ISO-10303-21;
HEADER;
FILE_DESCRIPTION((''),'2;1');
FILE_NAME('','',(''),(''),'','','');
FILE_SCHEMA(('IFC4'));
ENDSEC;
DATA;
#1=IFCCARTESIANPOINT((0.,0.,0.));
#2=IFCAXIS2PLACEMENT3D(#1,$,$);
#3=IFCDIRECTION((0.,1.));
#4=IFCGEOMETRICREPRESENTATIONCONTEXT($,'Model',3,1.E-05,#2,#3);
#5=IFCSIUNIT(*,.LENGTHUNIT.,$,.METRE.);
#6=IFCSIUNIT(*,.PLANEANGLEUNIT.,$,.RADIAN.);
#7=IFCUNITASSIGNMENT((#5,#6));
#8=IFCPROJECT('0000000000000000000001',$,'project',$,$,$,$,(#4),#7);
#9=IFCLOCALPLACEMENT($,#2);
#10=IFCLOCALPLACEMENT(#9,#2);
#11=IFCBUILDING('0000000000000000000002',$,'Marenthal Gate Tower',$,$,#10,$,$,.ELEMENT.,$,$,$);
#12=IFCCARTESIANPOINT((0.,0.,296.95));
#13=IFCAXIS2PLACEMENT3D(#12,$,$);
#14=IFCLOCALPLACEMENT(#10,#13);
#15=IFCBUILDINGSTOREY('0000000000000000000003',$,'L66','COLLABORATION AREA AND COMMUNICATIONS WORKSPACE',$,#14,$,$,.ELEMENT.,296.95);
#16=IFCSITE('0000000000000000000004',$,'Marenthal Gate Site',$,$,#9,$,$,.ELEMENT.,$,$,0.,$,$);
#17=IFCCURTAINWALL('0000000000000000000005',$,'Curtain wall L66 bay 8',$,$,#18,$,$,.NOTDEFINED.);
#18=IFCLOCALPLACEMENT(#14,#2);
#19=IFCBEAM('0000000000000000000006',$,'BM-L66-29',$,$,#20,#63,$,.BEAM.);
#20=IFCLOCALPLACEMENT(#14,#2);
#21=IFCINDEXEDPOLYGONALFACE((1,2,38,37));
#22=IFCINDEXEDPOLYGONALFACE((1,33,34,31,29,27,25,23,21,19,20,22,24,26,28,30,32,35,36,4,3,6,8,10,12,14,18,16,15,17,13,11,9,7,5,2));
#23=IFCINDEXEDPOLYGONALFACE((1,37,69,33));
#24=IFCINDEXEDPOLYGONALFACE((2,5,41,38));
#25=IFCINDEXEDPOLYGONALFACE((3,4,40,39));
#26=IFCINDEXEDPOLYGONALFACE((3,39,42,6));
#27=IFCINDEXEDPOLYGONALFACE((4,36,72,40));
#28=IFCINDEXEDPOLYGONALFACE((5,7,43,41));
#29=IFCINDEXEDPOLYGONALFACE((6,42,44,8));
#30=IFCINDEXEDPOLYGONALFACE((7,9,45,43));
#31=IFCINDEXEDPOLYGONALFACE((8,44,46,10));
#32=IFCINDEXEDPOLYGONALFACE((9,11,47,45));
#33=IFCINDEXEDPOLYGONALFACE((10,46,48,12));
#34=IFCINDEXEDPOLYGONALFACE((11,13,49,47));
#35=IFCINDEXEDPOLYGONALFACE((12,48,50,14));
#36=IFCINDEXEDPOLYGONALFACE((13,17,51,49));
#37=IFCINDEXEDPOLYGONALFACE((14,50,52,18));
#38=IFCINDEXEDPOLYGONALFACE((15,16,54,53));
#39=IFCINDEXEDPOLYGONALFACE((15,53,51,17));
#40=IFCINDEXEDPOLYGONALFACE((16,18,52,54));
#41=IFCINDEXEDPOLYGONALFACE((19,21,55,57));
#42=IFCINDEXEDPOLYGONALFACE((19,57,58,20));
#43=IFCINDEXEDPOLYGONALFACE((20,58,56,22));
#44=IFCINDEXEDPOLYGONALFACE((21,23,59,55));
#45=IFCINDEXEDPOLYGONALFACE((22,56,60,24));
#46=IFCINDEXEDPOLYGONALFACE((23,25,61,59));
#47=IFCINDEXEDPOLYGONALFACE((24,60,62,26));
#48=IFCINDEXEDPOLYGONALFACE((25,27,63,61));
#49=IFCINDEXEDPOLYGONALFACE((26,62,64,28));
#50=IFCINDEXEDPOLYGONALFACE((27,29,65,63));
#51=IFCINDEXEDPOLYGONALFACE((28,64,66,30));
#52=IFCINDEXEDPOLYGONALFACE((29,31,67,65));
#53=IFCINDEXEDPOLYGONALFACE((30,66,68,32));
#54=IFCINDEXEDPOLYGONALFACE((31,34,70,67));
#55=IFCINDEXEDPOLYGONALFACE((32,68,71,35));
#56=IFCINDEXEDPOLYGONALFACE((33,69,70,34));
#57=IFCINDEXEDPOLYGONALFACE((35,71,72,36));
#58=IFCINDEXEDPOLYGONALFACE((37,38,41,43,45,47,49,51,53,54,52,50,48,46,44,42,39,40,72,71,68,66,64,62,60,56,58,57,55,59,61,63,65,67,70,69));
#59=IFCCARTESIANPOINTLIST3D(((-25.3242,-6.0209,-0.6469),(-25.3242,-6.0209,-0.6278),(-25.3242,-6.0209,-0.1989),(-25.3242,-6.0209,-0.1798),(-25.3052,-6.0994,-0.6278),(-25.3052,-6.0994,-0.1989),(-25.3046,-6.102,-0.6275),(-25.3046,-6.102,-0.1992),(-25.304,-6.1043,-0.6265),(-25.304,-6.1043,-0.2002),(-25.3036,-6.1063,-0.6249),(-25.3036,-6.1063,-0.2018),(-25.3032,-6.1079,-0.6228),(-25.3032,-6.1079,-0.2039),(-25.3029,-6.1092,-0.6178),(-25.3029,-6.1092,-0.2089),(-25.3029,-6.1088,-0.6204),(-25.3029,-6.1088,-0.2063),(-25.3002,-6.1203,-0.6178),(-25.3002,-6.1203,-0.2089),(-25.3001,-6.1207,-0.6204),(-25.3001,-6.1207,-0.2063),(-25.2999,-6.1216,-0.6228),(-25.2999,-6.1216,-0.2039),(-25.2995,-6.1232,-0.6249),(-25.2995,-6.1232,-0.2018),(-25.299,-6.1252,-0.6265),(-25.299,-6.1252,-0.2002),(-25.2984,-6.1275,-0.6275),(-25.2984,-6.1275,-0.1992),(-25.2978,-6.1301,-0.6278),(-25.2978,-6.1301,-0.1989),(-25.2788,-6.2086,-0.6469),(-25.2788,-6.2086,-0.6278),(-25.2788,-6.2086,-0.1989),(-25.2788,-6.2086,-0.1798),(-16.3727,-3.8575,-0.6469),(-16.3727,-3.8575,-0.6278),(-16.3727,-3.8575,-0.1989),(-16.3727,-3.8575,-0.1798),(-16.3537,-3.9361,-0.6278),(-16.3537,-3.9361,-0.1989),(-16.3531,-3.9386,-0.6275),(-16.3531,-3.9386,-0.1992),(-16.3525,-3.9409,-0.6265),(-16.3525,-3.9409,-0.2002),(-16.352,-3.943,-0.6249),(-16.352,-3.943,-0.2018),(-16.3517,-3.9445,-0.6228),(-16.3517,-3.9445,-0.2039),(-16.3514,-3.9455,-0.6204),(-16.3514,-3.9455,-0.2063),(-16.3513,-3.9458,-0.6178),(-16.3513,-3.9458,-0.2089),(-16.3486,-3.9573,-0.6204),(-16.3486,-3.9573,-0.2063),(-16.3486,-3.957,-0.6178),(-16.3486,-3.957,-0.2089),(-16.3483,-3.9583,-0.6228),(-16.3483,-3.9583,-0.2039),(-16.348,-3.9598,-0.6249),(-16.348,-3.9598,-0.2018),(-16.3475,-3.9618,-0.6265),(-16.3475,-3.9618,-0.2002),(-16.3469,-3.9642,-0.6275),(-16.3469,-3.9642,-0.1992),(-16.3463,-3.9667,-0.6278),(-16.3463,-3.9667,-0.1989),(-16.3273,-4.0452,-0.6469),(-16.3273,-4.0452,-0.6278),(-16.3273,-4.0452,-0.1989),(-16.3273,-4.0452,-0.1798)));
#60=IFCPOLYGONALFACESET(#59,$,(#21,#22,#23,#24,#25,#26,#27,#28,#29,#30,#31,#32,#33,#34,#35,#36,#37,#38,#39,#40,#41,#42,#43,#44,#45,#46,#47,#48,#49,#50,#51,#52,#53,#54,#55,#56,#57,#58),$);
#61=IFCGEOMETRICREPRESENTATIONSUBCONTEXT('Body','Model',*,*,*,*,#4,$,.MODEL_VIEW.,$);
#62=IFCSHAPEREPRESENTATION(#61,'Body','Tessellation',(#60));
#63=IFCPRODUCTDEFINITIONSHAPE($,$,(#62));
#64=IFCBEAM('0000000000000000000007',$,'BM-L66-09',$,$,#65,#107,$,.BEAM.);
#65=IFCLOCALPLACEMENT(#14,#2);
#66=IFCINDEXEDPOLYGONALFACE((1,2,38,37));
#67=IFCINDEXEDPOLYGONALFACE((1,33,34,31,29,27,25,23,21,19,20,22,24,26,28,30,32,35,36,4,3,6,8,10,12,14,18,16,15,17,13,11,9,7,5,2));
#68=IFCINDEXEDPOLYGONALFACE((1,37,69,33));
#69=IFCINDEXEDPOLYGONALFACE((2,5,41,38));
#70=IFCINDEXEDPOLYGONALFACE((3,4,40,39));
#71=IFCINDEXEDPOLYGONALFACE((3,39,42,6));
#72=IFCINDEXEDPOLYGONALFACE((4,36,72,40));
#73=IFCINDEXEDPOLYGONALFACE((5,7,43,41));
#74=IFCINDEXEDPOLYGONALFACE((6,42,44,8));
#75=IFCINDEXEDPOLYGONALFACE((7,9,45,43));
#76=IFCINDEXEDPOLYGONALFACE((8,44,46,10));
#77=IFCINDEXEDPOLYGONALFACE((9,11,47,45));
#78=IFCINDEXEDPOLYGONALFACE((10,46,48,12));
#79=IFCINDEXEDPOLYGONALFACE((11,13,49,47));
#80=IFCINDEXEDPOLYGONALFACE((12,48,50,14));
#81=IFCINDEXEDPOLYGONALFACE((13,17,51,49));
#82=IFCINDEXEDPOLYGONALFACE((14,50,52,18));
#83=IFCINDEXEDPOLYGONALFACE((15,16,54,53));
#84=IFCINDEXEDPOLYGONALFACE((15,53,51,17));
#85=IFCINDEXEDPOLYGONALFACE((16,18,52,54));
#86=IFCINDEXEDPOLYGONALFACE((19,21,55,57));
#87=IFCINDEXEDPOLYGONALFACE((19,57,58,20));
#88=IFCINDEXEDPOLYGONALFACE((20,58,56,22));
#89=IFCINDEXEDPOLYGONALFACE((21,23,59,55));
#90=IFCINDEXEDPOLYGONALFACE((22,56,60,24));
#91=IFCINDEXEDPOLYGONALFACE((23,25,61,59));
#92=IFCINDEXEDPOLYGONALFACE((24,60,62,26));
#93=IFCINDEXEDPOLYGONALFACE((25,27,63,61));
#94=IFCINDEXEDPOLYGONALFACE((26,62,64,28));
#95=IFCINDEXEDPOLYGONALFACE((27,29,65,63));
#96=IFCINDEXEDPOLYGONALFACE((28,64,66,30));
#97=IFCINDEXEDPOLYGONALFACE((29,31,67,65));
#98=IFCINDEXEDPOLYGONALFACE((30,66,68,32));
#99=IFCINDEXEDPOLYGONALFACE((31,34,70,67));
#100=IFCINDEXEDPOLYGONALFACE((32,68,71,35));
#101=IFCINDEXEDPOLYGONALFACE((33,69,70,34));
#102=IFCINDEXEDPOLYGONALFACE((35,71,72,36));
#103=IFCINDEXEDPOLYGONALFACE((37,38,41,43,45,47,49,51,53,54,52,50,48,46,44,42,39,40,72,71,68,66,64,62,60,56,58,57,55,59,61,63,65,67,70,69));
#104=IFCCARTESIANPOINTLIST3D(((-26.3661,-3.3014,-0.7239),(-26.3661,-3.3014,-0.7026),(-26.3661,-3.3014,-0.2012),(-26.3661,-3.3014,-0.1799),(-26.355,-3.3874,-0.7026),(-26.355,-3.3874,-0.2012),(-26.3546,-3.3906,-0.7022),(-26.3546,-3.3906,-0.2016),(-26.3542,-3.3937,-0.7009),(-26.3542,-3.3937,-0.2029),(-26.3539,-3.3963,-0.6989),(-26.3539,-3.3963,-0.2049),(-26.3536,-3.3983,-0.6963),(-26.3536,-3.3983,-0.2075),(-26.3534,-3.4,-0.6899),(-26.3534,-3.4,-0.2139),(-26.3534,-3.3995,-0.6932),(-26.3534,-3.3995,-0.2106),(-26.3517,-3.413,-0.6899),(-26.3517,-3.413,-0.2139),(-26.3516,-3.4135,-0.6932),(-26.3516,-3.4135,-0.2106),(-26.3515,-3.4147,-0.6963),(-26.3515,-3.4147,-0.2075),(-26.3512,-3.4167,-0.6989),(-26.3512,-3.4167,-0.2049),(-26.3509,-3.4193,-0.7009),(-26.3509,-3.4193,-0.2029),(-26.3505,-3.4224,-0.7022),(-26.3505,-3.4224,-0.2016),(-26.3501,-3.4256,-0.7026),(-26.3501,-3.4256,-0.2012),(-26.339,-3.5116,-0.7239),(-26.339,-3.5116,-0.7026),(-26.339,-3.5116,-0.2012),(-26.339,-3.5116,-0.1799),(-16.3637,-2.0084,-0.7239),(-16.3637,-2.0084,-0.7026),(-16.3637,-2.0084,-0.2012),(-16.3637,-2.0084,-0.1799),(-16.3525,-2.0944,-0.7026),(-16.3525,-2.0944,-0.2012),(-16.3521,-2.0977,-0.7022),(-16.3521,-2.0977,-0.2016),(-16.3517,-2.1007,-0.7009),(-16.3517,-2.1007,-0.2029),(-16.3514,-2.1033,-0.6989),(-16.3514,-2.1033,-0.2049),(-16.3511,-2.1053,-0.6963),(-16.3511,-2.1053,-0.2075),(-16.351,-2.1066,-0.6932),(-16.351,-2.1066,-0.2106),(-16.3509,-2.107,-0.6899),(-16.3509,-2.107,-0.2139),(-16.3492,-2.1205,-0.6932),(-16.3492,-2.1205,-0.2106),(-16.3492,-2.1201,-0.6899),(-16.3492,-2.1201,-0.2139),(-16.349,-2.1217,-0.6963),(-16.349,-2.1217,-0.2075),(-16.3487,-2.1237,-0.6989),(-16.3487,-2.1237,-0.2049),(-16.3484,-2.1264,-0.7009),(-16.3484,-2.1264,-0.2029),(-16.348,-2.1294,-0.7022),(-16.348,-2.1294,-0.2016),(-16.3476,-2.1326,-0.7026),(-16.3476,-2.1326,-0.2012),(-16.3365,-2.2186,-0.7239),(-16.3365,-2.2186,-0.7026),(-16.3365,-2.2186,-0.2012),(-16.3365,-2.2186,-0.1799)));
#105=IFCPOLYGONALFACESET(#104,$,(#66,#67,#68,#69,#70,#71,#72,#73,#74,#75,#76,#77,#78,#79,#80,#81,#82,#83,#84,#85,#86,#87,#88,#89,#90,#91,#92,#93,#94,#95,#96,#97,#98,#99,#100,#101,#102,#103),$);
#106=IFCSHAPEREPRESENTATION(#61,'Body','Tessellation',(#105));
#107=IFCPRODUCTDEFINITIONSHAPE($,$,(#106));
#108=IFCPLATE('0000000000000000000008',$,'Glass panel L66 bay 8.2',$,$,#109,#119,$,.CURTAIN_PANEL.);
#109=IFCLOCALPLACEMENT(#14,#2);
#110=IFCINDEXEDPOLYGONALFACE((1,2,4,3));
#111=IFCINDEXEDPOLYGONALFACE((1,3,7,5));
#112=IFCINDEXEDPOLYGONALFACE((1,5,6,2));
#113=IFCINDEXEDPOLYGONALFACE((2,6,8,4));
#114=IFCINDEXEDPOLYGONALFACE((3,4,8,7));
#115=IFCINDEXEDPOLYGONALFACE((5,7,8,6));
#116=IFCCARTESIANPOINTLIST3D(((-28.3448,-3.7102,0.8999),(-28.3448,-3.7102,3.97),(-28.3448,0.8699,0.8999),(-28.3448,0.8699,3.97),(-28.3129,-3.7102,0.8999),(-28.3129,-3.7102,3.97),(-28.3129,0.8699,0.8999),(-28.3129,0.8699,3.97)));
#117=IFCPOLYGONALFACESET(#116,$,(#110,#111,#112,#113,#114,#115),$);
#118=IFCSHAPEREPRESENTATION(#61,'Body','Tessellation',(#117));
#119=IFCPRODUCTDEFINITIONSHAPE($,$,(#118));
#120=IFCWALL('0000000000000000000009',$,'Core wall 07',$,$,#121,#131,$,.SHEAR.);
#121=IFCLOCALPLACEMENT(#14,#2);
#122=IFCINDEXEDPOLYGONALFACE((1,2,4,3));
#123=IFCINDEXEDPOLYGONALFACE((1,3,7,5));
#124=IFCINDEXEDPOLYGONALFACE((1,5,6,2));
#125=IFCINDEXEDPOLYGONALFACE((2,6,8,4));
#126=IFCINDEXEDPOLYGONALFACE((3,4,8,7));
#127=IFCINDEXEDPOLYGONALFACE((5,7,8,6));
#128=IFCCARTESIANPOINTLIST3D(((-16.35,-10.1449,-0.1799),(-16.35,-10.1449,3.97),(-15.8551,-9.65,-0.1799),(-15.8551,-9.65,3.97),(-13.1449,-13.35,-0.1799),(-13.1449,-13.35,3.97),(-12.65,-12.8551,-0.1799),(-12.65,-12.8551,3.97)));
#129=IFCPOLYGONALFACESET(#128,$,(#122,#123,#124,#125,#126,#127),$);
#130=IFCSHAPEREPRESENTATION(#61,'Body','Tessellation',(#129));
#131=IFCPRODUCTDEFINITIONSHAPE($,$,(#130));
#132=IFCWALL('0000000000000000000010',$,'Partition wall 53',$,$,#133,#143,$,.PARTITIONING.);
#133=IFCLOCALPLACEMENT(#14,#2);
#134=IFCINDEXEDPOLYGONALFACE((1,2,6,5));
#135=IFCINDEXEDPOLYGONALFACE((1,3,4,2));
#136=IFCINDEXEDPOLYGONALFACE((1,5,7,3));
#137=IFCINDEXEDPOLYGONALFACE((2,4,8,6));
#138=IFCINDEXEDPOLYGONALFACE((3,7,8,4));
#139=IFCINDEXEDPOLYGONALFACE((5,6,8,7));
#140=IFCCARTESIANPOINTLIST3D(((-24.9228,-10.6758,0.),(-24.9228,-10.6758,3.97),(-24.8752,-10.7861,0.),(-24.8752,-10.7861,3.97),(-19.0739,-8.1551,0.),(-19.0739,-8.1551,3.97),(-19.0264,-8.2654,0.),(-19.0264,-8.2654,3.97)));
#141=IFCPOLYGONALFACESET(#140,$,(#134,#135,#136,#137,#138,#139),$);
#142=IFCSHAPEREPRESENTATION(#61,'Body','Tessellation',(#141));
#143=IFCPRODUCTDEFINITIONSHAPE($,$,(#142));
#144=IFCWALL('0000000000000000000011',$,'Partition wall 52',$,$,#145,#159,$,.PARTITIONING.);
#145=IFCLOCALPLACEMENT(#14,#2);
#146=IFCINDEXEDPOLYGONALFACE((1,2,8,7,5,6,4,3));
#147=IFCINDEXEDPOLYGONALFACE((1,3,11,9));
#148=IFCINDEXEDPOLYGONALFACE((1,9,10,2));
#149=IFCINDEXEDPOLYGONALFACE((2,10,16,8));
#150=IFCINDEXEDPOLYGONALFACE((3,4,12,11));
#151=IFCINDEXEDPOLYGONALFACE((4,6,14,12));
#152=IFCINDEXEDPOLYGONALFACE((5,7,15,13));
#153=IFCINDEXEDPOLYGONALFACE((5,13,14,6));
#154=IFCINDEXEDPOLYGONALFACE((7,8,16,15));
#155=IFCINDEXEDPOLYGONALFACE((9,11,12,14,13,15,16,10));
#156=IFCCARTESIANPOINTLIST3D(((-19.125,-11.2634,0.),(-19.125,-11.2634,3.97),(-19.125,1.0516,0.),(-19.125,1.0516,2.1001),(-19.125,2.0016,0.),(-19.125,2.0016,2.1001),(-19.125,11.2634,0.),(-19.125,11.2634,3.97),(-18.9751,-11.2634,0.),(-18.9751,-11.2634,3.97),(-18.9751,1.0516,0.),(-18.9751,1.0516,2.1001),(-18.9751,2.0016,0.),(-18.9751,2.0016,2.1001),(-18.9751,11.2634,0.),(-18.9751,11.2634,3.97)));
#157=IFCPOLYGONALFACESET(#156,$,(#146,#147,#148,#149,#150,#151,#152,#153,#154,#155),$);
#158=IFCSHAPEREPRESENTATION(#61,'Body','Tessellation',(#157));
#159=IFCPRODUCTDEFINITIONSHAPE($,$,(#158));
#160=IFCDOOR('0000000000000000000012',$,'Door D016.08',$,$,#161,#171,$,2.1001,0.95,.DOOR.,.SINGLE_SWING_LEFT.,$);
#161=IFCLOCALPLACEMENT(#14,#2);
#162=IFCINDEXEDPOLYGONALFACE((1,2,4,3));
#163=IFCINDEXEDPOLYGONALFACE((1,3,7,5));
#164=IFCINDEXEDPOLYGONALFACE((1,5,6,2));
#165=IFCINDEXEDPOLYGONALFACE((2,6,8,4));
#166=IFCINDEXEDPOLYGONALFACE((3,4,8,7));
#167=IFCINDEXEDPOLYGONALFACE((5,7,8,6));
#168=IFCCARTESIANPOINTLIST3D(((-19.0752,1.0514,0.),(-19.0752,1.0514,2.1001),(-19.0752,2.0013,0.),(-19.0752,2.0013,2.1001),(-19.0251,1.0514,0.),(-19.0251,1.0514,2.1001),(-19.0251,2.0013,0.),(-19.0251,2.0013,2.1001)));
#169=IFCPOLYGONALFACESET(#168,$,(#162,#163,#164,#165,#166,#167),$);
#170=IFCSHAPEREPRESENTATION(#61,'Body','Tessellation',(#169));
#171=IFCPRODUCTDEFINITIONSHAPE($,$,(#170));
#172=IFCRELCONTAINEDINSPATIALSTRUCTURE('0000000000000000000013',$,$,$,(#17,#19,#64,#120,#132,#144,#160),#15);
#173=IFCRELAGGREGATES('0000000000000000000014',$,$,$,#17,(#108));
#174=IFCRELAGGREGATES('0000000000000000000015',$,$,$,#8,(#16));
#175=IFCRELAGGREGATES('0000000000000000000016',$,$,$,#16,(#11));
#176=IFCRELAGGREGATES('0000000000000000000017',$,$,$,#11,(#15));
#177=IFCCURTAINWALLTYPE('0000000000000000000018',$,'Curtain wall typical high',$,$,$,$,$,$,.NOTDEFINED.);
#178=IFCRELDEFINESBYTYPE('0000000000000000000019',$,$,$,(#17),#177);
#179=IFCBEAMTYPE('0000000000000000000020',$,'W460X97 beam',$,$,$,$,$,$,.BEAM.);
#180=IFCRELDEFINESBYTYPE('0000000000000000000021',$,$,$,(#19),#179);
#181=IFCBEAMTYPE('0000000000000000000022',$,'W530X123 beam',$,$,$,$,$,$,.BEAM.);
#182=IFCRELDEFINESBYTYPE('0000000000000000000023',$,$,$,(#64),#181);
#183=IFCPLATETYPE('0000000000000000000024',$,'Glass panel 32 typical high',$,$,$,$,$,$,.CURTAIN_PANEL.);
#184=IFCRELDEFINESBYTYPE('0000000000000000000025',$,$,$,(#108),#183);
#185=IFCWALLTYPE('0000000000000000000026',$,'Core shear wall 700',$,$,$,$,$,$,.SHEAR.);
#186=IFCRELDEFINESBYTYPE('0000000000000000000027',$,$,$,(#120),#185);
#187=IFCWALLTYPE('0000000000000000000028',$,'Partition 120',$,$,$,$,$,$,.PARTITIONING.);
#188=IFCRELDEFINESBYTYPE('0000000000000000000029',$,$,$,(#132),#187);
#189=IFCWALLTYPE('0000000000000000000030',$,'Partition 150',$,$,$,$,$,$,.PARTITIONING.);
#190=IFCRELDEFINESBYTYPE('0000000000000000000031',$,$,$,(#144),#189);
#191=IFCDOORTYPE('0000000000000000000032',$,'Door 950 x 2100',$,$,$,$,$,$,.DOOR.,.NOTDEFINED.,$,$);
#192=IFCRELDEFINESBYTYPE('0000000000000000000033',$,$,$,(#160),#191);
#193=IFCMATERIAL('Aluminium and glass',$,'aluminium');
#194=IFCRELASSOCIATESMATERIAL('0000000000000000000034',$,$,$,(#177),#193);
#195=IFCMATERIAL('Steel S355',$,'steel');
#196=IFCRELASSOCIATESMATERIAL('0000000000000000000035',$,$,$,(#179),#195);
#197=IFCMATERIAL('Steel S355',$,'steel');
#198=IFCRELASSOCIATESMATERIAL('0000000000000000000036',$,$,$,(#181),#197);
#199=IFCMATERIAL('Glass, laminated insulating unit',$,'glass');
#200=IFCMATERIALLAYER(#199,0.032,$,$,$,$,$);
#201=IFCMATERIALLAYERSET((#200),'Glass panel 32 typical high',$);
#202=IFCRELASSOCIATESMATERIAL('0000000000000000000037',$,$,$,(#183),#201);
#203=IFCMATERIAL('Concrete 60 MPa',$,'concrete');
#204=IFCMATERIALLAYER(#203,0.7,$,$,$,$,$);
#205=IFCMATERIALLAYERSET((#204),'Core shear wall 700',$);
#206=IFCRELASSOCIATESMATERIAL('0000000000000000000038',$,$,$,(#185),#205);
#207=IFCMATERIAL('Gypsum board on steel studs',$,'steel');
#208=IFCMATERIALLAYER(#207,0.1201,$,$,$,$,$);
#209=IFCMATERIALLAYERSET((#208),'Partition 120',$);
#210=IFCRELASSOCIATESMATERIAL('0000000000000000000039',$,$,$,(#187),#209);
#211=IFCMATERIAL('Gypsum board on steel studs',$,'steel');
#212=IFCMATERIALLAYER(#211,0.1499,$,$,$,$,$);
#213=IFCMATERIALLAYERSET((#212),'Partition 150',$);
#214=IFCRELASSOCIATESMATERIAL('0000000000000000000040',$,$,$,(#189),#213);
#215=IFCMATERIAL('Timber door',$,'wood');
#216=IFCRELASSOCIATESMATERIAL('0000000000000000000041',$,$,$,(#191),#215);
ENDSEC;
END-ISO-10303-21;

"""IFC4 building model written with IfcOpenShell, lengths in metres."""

from ifc_helpers import new_model, si_unit, direction, frame, frame_2d, origin, origin_2d, place, context, subcontext, project, spatial, rectangle, i_section, extrude, material, layer, layer_set, material_profile, profile_set, type_object, element, fill, aggregate, save


model = new_model("IFC4")

# Units and contexts
model_context = context("Model", 3, precision=1e-05, world=origin(), true_north=direction((0.0, 1.0)))
body_context = subcontext(model_context, "Body", "Model", "MODEL_VIEW")
ifc_project = project(units=[si_unit("LENGTHUNIT", "METRE"), si_unit("PLANEANGLEUNIT", "RADIAN")], contexts=[model_context])

# Site, building, storey
site_placement = place(None, origin())
site = spatial("IfcSite", under=ifc_project, at=site_placement, Name="Marenthal Gate Site", CompositionType="ELEMENT", RefElevation=0.0)
building_placement = place(site_placement, origin())
building = spatial("IfcBuilding", under=site, at=building_placement, Name="Marenthal Gate Tower", CompositionType="ELEMENT")
storey_placement = place(building_placement, frame((0.0, 0.0, 296.95)))
storey = spatial("IfcBuildingStorey", under=building, at=storey_placement, Name="L66", Description="COLLABORATION AREA AND COMMUNICATIONS WORKSPACE", CompositionType="ELEMENT", Elevation=296.95)

# Curtain wall
ifc_material_1 = material(Name="Aluminium and glass", Category="aluminium")
curtain_wall_type = type_object("IfcCurtainWallType", Name="Curtain wall typical high", PredefinedType="NOTDEFINED", material=ifc_material_1)
curtain_wall_placement = place(storey_placement, origin())
curtain_wall = element("IfcCurtainWall", 1, at=curtain_wall_placement, inside=storey, type_object=curtain_wall_type, Name="Curtain wall L66 bay 8", PredefinedType="NOTDEFINED")

# Beams
ifc_material_2 = material(Name="Steel S355", Category="steel")
ifc_material_profile_1 = material_profile(ifc_material_2, i_section(OverallWidth=0.1931, OverallDepth=0.467, WebThickness=0.0115, FlangeThickness=0.019, FilletRadius=0.01, at=origin_2d()), Name="W460X97")
ifc_profile_set_1 = profile_set([ifc_material_profile_1], Name="Steel S355")
beam_type_1 = type_object("IfcBeamType", Name="W460X97 beam", PredefinedType="BEAM", material=ifc_profile_set_1)
beam_1_placement = place(storey_placement, frame((-25.3015, -6.1147, -0.4133), z_axis=(0.972017, 0.234912, 0.0), x_axis=(-0.234912, 0.972017, 0.0)))
element("IfcBeam", 2, at=beam_1_placement, inside=storey, type_object=beam_type_1, Name="BM-L66-29", PredefinedType="BEAM", context=body_context, shape_type="SweptSolid", body=[
    extrude(i_section(OverallWidth=0.1931, OverallDepth=0.467, WebThickness=0.0115, FlangeThickness=0.019, FilletRadius=0.01, at=origin_2d()), origin(), (0.0, 0.0, 1.0), 9.2092),
])
ifc_material_3 = material(Name="Steel S355", Category="steel")
ifc_material_profile_2 = material_profile(ifc_material_3, i_section(OverallWidth=0.2119, OverallDepth=0.5439, WebThickness=0.0132, FlangeThickness=0.0212, FilletRadius=0.0127, at=origin_2d()), Name="W530X123")
ifc_profile_set_2 = profile_set([ifc_material_profile_2], Name="Steel S355")
beam_type_2 = type_object("IfcBeamType", Name="W530X123 beam", PredefinedType="BEAM", material=ifc_profile_set_2)
beam_2_placement = place(storey_placement, frame((-26.3525, -3.4065, -0.4519), z_axis=(0.991749, 0.128199, 0.0), x_axis=(-0.128199, 0.991749, 0.0)))
element("IfcBeam", 3, at=beam_2_placement, inside=storey, type_object=beam_type_2, Name="BM-L66-09", PredefinedType="BEAM", context=body_context, shape_type="SweptSolid", body=[
    extrude(i_section(OverallWidth=0.2119, OverallDepth=0.5439, WebThickness=0.0132, FlangeThickness=0.0212, FilletRadius=0.0127, at=origin_2d()), origin(), (0.0, 0.0, 1.0), 10.0857),
])

# Plate
ifc_material_4 = material(Name="Glass, laminated insulating unit", Category="glass")
ifc_layer_1 = layer(ifc_material_4, 0.032)
ifc_layer_set_1 = layer_set([ifc_layer_1], Name="Glass panel 32 typical high")
plate_type = type_object("IfcPlateType", Name="Glass panel 32 typical high", PredefinedType="CURTAIN_PANEL", material=ifc_layer_set_1)
plate_placement = place(storey_placement, frame((-28.3289, -1.4202, 0.8999), z_axis=(0.0, 0.0, 1.0), x_axis=(0.0, -1.0, 0.0)))
plate = element("IfcPlate", 4, at=plate_placement, type_object=plate_type, Name="Glass panel L66 bay 8.2", PredefinedType="CURTAIN_PANEL", context=body_context, shape_type="SweptSolid", body=[
    extrude(rectangle(XDim=4.5801, YDim=0.032, at=origin_2d()), origin(), (0.0, 0.0, 1.0), 3.0701),
])
aggregate(curtain_wall, [plate])

# Walls
ifc_material_5 = material(Name="Concrete 60 MPa", Category="concrete")
ifc_layer_2 = layer(ifc_material_5, 0.7)
ifc_layer_set_2 = layer_set([ifc_layer_2], Name="Core shear wall 700")
wall_type_1 = type_object("IfcWallType", Name="Core shear wall 700", PredefinedType="SHEAR", material=ifc_layer_set_2)
wall_1_placement = place(storey_placement, frame((-16.1025, -9.8975, -0.1799), z_axis=(0.0, 0.0, 1.0), x_axis=(0.707107, -0.707107, 0.0)))
element("IfcWall", 5, at=wall_1_placement, inside=storey, type_object=wall_type_1, Name="Core wall 07", PredefinedType="SHEAR", context=body_context, shape_type="SweptSolid", body=[
    extrude(rectangle(XDim=4.5327, YDim=0.7, at=frame_2d((2.2664, 0.0))), origin(), (0.0, 0.0, 1.0), 4.1499),
])
ifc_material_6 = material(Name="Gypsum board on steel studs", Category="steel")
ifc_layer_3 = layer(ifc_material_6, 0.1201)
ifc_layer_set_3 = layer_set([ifc_layer_3], Name="Partition 120")
wall_type_2 = type_object("IfcWallType", Name="Partition 120", PredefinedType="PARTITIONING", material=ifc_layer_set_3)
wall_2_placement = place(storey_placement, frame((-19.05, -8.2102, 0.0), z_axis=(0.0, 0.0, 1.0), x_axis=(-0.918342, -0.395788, 0.0)))
element("IfcWall", 6, at=wall_2_placement, inside=storey, type_object=wall_type_2, Name="Partition wall 53", PredefinedType="PARTITIONING", context=body_context, shape_type="SweptSolid", body=[
    extrude(rectangle(XDim=6.3689, YDim=0.1201, at=frame_2d((3.1846, 0.0))), origin(), (0.0, 0.0, 1.0), 3.97),
])

# Wall, opening, door
ifc_material_7 = material(Name="Gypsum board on steel studs", Category="steel")
ifc_layer_4 = layer(ifc_material_7, 0.1499)
ifc_layer_set_4 = layer_set([ifc_layer_4], Name="Partition 150")
wall_type_3 = type_object("IfcWallType", Name="Partition 150", PredefinedType="PARTITIONING", material=ifc_layer_set_4)
wall_3_placement = place(storey_placement, frame((-19.05, -11.2634, 0.0), z_axis=(0.0, 0.0, 1.0), x_axis=(0.0, 1.0, 0.0)))
wall_3 = element("IfcWall", 7, at=wall_3_placement, inside=storey, type_object=wall_type_3, Name="Partition wall 52", PredefinedType="PARTITIONING", context=body_context, shape_type="SweptSolid", body=[
    extrude(rectangle(XDim=22.5269, YDim=0.1499, at=frame_2d((11.2634, 0.0))), origin(), (0.0, 0.0, 1.0), 3.97),
])
opening_1_placement = place(wall_3_placement, frame((12.3149, 0.0, 0.0)))
opening_1 = element("IfcOpeningElement", 8, at=opening_1_placement, cuts=wall_3, PredefinedType="OPENING", context=body_context, shape_type="SweptSolid", body=[
    extrude(rectangle(XDim=0.95, YDim=2.1001, at=frame_2d((0.4751, 1.05))), frame((0.0, 0.085, 0.0), z_axis=(0.0, -1.0, 0.0), x_axis=(1.0, 0.0, 0.0)), (0.0, 0.0, 1.0), 0.1699),
])
ifc_material_8 = material(Name="Timber door", Category="wood")
door_type_1 = type_object("IfcDoorType", Name="Door 950 x 2100", OperationType="NOTDEFINED", PredefinedType="DOOR", material=ifc_material_8)
door_1_placement = place(opening_1_placement, frame((0.95, 0.0, 0.0), z_axis=(0.0, 0.0, 1.0), x_axis=(-1.0, 0.0, 0.0)))
door_1 = element("IfcDoor", 9, at=door_1_placement, inside=storey, type_object=door_type_1, Name="Door D016.08", OperationType="SINGLE_SWING_LEFT", OverallHeight=2.1001, OverallWidth=0.95, PredefinedType="DOOR", context=body_context, shape_type="SweptSolid", body=[
    extrude(rectangle(XDim=0.95, YDim=2.1001, at=frame_2d((0.4751, 1.05))), frame((0.0, 0.0249, 0.0), z_axis=(0.0, -1.0, 0.0), x_axis=(1.0, 0.0, 0.0)), (0.0, 0.0, 1.0), 0.05),
])
fill(opening_1, door_1)

save(model, "model.ifc")
